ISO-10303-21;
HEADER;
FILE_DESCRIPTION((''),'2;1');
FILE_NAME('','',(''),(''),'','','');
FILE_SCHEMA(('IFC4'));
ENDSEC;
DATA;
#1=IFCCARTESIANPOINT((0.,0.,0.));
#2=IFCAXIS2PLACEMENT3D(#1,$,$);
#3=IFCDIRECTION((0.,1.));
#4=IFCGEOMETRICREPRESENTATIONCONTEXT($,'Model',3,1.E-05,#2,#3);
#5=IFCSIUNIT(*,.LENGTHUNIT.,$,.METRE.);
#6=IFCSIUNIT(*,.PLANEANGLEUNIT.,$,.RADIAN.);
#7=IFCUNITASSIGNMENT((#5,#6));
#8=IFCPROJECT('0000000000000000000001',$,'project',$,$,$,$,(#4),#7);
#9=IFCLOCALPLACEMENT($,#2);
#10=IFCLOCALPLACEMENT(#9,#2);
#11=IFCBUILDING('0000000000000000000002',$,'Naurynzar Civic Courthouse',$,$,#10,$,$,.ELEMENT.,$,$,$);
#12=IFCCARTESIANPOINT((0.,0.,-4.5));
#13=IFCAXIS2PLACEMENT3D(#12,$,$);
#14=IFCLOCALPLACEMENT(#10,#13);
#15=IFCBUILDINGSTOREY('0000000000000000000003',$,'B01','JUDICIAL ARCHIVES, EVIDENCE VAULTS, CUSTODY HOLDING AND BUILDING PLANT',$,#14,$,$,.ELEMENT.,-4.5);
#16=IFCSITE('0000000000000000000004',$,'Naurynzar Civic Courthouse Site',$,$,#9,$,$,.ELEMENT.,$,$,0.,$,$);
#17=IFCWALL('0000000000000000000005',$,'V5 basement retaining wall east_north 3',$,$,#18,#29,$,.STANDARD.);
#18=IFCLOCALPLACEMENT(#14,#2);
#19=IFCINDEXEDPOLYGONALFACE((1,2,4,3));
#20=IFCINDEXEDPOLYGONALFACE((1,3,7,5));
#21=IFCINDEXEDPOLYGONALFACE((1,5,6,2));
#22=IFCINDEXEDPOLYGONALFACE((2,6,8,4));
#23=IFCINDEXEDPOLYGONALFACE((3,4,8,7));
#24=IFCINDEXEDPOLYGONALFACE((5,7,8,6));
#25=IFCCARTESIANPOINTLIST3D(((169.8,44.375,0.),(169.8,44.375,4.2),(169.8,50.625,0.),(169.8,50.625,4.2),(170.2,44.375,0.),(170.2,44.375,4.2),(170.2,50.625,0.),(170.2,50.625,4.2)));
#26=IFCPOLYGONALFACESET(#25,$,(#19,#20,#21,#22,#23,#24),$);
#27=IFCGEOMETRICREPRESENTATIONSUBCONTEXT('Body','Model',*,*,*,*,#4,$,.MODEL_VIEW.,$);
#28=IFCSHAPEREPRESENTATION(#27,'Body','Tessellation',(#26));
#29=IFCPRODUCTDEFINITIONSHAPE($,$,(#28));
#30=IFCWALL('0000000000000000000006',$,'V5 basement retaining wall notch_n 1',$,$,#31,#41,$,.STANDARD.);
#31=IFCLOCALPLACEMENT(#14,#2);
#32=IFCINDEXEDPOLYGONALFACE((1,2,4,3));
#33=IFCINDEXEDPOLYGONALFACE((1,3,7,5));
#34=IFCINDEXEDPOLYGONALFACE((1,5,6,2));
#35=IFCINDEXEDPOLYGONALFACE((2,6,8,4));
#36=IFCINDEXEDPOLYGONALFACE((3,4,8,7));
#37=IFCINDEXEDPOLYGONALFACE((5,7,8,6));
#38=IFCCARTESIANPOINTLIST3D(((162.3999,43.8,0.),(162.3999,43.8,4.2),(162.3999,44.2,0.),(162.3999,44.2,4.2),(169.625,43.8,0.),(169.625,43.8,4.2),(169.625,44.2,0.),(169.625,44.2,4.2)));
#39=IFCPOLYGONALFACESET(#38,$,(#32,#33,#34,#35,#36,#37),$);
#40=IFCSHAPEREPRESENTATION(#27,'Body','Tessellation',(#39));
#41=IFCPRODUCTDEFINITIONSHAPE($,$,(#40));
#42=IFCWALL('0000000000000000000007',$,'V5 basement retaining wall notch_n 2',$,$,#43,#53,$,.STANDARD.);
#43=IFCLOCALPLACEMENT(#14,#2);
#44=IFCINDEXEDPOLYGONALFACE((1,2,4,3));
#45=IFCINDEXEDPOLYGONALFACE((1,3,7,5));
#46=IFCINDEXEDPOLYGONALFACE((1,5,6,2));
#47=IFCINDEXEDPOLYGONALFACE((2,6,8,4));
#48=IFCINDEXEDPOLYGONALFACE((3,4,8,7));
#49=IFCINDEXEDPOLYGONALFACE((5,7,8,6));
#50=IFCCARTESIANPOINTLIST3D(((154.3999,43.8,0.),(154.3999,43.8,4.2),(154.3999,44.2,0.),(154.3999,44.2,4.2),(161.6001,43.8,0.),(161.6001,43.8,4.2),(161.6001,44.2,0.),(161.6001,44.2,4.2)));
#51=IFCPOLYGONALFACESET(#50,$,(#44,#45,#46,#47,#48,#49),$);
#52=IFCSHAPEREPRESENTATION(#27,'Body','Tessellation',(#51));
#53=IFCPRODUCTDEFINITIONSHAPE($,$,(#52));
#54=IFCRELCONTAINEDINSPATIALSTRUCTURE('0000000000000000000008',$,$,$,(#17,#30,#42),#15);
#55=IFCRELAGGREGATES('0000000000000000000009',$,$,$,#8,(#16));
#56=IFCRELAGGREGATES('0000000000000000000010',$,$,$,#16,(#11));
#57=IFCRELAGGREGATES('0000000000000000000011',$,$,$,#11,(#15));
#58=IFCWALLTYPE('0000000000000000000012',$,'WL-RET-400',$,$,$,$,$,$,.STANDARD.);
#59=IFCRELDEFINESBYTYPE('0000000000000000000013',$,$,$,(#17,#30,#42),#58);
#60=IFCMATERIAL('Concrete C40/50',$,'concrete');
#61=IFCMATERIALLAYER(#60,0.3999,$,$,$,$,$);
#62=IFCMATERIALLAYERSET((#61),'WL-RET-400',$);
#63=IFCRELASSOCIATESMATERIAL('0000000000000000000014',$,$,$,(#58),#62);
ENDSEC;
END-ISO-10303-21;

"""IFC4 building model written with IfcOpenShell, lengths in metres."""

from ifc_helpers import new_model, si_unit, direction, frame, frame_2d, origin, place, context, subcontext, project, spatial, rectangle, extrude, material, layer, layer_set, type_object, element, save


model = new_model("IFC4")

# Units and contexts
model_context = context("Model", 3, precision=1e-05, world=origin(), true_north=direction((0.0, 1.0)))
body_context = subcontext(model_context, "Body", "Model", "MODEL_VIEW")
ifc_project = project(units=[si_unit("LENGTHUNIT", "METRE"), si_unit("PLANEANGLEUNIT", "RADIAN")], contexts=[model_context])

# Site, building, storey
site_placement = place(None, origin())
site = spatial("IfcSite", under=ifc_project, at=site_placement, Name="Naurynzar Civic Courthouse Site", CompositionType="ELEMENT", RefElevation=0.0)
building_placement = place(site_placement, origin())
building = spatial("IfcBuilding", under=site, at=building_placement, Name="Naurynzar Civic Courthouse", CompositionType="ELEMENT")
storey_placement = place(building_placement, frame((0.0, 0.0, -4.5)))
storey = spatial("IfcBuildingStorey", under=building, at=storey_placement, Name="B01", Description="JUDICIAL ARCHIVES, EVIDENCE VAULTS, CUSTODY HOLDING AND BUILDING PLANT", CompositionType="ELEMENT", Elevation=-4.5)

# Walls
ifc_material_1 = material(Name="Concrete C40/50", Category="concrete")
ifc_layer = layer(ifc_material_1, 0.3999)
ifc_layer_set = layer_set([ifc_layer], Name="WL-RET-400")
wall_type = type_object("IfcWallType", Name="WL-RET-400", PredefinedType="STANDARD", material=ifc_layer_set)
wall_1_placement = place(storey_placement, frame((170.0, 50.625, 0.0), z_axis=(0.0, 0.0, 1.0), x_axis=(0.0, -1.0, 0.0)))
element("IfcWall", 1, at=wall_1_placement, inside=storey, type_object=wall_type, Name="V5 basement retaining wall east_north 3", PredefinedType="STANDARD", context=body_context, shape_type="SweptSolid", body=[
    extrude(rectangle(XDim=6.25, YDim=0.3999, at=frame_2d((3.125, 0.0))), origin(), (0.0, 0.0, 1.0), 4.2),
])
wall_2_placement = place(storey_placement, frame((169.625, 44.0, 0.0), z_axis=(0.0, 0.0, 1.0), x_axis=(-1.0, 0.0, 0.0)))
element("IfcWall", 2, at=wall_2_placement, inside=storey, type_object=wall_type, Name="V5 basement retaining wall notch_n 1", PredefinedType="STANDARD", context=body_context, shape_type="SweptSolid", body=[
    extrude(rectangle(XDim=7.2251, YDim=0.3999, at=frame_2d((3.6125, 0.0))), origin(), (0.0, 0.0, 1.0), 4.2),
])
wall_3_placement = place(storey_placement, frame((161.6001, 44.0, 0.0), z_axis=(0.0, 0.0, 1.0), x_axis=(-1.0, 0.0, 0.0)))
element("IfcWall", 3, at=wall_3_placement, inside=storey, type_object=wall_type, Name="V5 basement retaining wall notch_n 2", PredefinedType="STANDARD", context=body_context, shape_type="SweptSolid", body=[
    extrude(rectangle(XDim=7.2002, YDim=0.3999, at=frame_2d((3.6001, 0.0))), origin(), (0.0, 0.0, 1.0), 4.2),
])

save(model, "model.ifc")
